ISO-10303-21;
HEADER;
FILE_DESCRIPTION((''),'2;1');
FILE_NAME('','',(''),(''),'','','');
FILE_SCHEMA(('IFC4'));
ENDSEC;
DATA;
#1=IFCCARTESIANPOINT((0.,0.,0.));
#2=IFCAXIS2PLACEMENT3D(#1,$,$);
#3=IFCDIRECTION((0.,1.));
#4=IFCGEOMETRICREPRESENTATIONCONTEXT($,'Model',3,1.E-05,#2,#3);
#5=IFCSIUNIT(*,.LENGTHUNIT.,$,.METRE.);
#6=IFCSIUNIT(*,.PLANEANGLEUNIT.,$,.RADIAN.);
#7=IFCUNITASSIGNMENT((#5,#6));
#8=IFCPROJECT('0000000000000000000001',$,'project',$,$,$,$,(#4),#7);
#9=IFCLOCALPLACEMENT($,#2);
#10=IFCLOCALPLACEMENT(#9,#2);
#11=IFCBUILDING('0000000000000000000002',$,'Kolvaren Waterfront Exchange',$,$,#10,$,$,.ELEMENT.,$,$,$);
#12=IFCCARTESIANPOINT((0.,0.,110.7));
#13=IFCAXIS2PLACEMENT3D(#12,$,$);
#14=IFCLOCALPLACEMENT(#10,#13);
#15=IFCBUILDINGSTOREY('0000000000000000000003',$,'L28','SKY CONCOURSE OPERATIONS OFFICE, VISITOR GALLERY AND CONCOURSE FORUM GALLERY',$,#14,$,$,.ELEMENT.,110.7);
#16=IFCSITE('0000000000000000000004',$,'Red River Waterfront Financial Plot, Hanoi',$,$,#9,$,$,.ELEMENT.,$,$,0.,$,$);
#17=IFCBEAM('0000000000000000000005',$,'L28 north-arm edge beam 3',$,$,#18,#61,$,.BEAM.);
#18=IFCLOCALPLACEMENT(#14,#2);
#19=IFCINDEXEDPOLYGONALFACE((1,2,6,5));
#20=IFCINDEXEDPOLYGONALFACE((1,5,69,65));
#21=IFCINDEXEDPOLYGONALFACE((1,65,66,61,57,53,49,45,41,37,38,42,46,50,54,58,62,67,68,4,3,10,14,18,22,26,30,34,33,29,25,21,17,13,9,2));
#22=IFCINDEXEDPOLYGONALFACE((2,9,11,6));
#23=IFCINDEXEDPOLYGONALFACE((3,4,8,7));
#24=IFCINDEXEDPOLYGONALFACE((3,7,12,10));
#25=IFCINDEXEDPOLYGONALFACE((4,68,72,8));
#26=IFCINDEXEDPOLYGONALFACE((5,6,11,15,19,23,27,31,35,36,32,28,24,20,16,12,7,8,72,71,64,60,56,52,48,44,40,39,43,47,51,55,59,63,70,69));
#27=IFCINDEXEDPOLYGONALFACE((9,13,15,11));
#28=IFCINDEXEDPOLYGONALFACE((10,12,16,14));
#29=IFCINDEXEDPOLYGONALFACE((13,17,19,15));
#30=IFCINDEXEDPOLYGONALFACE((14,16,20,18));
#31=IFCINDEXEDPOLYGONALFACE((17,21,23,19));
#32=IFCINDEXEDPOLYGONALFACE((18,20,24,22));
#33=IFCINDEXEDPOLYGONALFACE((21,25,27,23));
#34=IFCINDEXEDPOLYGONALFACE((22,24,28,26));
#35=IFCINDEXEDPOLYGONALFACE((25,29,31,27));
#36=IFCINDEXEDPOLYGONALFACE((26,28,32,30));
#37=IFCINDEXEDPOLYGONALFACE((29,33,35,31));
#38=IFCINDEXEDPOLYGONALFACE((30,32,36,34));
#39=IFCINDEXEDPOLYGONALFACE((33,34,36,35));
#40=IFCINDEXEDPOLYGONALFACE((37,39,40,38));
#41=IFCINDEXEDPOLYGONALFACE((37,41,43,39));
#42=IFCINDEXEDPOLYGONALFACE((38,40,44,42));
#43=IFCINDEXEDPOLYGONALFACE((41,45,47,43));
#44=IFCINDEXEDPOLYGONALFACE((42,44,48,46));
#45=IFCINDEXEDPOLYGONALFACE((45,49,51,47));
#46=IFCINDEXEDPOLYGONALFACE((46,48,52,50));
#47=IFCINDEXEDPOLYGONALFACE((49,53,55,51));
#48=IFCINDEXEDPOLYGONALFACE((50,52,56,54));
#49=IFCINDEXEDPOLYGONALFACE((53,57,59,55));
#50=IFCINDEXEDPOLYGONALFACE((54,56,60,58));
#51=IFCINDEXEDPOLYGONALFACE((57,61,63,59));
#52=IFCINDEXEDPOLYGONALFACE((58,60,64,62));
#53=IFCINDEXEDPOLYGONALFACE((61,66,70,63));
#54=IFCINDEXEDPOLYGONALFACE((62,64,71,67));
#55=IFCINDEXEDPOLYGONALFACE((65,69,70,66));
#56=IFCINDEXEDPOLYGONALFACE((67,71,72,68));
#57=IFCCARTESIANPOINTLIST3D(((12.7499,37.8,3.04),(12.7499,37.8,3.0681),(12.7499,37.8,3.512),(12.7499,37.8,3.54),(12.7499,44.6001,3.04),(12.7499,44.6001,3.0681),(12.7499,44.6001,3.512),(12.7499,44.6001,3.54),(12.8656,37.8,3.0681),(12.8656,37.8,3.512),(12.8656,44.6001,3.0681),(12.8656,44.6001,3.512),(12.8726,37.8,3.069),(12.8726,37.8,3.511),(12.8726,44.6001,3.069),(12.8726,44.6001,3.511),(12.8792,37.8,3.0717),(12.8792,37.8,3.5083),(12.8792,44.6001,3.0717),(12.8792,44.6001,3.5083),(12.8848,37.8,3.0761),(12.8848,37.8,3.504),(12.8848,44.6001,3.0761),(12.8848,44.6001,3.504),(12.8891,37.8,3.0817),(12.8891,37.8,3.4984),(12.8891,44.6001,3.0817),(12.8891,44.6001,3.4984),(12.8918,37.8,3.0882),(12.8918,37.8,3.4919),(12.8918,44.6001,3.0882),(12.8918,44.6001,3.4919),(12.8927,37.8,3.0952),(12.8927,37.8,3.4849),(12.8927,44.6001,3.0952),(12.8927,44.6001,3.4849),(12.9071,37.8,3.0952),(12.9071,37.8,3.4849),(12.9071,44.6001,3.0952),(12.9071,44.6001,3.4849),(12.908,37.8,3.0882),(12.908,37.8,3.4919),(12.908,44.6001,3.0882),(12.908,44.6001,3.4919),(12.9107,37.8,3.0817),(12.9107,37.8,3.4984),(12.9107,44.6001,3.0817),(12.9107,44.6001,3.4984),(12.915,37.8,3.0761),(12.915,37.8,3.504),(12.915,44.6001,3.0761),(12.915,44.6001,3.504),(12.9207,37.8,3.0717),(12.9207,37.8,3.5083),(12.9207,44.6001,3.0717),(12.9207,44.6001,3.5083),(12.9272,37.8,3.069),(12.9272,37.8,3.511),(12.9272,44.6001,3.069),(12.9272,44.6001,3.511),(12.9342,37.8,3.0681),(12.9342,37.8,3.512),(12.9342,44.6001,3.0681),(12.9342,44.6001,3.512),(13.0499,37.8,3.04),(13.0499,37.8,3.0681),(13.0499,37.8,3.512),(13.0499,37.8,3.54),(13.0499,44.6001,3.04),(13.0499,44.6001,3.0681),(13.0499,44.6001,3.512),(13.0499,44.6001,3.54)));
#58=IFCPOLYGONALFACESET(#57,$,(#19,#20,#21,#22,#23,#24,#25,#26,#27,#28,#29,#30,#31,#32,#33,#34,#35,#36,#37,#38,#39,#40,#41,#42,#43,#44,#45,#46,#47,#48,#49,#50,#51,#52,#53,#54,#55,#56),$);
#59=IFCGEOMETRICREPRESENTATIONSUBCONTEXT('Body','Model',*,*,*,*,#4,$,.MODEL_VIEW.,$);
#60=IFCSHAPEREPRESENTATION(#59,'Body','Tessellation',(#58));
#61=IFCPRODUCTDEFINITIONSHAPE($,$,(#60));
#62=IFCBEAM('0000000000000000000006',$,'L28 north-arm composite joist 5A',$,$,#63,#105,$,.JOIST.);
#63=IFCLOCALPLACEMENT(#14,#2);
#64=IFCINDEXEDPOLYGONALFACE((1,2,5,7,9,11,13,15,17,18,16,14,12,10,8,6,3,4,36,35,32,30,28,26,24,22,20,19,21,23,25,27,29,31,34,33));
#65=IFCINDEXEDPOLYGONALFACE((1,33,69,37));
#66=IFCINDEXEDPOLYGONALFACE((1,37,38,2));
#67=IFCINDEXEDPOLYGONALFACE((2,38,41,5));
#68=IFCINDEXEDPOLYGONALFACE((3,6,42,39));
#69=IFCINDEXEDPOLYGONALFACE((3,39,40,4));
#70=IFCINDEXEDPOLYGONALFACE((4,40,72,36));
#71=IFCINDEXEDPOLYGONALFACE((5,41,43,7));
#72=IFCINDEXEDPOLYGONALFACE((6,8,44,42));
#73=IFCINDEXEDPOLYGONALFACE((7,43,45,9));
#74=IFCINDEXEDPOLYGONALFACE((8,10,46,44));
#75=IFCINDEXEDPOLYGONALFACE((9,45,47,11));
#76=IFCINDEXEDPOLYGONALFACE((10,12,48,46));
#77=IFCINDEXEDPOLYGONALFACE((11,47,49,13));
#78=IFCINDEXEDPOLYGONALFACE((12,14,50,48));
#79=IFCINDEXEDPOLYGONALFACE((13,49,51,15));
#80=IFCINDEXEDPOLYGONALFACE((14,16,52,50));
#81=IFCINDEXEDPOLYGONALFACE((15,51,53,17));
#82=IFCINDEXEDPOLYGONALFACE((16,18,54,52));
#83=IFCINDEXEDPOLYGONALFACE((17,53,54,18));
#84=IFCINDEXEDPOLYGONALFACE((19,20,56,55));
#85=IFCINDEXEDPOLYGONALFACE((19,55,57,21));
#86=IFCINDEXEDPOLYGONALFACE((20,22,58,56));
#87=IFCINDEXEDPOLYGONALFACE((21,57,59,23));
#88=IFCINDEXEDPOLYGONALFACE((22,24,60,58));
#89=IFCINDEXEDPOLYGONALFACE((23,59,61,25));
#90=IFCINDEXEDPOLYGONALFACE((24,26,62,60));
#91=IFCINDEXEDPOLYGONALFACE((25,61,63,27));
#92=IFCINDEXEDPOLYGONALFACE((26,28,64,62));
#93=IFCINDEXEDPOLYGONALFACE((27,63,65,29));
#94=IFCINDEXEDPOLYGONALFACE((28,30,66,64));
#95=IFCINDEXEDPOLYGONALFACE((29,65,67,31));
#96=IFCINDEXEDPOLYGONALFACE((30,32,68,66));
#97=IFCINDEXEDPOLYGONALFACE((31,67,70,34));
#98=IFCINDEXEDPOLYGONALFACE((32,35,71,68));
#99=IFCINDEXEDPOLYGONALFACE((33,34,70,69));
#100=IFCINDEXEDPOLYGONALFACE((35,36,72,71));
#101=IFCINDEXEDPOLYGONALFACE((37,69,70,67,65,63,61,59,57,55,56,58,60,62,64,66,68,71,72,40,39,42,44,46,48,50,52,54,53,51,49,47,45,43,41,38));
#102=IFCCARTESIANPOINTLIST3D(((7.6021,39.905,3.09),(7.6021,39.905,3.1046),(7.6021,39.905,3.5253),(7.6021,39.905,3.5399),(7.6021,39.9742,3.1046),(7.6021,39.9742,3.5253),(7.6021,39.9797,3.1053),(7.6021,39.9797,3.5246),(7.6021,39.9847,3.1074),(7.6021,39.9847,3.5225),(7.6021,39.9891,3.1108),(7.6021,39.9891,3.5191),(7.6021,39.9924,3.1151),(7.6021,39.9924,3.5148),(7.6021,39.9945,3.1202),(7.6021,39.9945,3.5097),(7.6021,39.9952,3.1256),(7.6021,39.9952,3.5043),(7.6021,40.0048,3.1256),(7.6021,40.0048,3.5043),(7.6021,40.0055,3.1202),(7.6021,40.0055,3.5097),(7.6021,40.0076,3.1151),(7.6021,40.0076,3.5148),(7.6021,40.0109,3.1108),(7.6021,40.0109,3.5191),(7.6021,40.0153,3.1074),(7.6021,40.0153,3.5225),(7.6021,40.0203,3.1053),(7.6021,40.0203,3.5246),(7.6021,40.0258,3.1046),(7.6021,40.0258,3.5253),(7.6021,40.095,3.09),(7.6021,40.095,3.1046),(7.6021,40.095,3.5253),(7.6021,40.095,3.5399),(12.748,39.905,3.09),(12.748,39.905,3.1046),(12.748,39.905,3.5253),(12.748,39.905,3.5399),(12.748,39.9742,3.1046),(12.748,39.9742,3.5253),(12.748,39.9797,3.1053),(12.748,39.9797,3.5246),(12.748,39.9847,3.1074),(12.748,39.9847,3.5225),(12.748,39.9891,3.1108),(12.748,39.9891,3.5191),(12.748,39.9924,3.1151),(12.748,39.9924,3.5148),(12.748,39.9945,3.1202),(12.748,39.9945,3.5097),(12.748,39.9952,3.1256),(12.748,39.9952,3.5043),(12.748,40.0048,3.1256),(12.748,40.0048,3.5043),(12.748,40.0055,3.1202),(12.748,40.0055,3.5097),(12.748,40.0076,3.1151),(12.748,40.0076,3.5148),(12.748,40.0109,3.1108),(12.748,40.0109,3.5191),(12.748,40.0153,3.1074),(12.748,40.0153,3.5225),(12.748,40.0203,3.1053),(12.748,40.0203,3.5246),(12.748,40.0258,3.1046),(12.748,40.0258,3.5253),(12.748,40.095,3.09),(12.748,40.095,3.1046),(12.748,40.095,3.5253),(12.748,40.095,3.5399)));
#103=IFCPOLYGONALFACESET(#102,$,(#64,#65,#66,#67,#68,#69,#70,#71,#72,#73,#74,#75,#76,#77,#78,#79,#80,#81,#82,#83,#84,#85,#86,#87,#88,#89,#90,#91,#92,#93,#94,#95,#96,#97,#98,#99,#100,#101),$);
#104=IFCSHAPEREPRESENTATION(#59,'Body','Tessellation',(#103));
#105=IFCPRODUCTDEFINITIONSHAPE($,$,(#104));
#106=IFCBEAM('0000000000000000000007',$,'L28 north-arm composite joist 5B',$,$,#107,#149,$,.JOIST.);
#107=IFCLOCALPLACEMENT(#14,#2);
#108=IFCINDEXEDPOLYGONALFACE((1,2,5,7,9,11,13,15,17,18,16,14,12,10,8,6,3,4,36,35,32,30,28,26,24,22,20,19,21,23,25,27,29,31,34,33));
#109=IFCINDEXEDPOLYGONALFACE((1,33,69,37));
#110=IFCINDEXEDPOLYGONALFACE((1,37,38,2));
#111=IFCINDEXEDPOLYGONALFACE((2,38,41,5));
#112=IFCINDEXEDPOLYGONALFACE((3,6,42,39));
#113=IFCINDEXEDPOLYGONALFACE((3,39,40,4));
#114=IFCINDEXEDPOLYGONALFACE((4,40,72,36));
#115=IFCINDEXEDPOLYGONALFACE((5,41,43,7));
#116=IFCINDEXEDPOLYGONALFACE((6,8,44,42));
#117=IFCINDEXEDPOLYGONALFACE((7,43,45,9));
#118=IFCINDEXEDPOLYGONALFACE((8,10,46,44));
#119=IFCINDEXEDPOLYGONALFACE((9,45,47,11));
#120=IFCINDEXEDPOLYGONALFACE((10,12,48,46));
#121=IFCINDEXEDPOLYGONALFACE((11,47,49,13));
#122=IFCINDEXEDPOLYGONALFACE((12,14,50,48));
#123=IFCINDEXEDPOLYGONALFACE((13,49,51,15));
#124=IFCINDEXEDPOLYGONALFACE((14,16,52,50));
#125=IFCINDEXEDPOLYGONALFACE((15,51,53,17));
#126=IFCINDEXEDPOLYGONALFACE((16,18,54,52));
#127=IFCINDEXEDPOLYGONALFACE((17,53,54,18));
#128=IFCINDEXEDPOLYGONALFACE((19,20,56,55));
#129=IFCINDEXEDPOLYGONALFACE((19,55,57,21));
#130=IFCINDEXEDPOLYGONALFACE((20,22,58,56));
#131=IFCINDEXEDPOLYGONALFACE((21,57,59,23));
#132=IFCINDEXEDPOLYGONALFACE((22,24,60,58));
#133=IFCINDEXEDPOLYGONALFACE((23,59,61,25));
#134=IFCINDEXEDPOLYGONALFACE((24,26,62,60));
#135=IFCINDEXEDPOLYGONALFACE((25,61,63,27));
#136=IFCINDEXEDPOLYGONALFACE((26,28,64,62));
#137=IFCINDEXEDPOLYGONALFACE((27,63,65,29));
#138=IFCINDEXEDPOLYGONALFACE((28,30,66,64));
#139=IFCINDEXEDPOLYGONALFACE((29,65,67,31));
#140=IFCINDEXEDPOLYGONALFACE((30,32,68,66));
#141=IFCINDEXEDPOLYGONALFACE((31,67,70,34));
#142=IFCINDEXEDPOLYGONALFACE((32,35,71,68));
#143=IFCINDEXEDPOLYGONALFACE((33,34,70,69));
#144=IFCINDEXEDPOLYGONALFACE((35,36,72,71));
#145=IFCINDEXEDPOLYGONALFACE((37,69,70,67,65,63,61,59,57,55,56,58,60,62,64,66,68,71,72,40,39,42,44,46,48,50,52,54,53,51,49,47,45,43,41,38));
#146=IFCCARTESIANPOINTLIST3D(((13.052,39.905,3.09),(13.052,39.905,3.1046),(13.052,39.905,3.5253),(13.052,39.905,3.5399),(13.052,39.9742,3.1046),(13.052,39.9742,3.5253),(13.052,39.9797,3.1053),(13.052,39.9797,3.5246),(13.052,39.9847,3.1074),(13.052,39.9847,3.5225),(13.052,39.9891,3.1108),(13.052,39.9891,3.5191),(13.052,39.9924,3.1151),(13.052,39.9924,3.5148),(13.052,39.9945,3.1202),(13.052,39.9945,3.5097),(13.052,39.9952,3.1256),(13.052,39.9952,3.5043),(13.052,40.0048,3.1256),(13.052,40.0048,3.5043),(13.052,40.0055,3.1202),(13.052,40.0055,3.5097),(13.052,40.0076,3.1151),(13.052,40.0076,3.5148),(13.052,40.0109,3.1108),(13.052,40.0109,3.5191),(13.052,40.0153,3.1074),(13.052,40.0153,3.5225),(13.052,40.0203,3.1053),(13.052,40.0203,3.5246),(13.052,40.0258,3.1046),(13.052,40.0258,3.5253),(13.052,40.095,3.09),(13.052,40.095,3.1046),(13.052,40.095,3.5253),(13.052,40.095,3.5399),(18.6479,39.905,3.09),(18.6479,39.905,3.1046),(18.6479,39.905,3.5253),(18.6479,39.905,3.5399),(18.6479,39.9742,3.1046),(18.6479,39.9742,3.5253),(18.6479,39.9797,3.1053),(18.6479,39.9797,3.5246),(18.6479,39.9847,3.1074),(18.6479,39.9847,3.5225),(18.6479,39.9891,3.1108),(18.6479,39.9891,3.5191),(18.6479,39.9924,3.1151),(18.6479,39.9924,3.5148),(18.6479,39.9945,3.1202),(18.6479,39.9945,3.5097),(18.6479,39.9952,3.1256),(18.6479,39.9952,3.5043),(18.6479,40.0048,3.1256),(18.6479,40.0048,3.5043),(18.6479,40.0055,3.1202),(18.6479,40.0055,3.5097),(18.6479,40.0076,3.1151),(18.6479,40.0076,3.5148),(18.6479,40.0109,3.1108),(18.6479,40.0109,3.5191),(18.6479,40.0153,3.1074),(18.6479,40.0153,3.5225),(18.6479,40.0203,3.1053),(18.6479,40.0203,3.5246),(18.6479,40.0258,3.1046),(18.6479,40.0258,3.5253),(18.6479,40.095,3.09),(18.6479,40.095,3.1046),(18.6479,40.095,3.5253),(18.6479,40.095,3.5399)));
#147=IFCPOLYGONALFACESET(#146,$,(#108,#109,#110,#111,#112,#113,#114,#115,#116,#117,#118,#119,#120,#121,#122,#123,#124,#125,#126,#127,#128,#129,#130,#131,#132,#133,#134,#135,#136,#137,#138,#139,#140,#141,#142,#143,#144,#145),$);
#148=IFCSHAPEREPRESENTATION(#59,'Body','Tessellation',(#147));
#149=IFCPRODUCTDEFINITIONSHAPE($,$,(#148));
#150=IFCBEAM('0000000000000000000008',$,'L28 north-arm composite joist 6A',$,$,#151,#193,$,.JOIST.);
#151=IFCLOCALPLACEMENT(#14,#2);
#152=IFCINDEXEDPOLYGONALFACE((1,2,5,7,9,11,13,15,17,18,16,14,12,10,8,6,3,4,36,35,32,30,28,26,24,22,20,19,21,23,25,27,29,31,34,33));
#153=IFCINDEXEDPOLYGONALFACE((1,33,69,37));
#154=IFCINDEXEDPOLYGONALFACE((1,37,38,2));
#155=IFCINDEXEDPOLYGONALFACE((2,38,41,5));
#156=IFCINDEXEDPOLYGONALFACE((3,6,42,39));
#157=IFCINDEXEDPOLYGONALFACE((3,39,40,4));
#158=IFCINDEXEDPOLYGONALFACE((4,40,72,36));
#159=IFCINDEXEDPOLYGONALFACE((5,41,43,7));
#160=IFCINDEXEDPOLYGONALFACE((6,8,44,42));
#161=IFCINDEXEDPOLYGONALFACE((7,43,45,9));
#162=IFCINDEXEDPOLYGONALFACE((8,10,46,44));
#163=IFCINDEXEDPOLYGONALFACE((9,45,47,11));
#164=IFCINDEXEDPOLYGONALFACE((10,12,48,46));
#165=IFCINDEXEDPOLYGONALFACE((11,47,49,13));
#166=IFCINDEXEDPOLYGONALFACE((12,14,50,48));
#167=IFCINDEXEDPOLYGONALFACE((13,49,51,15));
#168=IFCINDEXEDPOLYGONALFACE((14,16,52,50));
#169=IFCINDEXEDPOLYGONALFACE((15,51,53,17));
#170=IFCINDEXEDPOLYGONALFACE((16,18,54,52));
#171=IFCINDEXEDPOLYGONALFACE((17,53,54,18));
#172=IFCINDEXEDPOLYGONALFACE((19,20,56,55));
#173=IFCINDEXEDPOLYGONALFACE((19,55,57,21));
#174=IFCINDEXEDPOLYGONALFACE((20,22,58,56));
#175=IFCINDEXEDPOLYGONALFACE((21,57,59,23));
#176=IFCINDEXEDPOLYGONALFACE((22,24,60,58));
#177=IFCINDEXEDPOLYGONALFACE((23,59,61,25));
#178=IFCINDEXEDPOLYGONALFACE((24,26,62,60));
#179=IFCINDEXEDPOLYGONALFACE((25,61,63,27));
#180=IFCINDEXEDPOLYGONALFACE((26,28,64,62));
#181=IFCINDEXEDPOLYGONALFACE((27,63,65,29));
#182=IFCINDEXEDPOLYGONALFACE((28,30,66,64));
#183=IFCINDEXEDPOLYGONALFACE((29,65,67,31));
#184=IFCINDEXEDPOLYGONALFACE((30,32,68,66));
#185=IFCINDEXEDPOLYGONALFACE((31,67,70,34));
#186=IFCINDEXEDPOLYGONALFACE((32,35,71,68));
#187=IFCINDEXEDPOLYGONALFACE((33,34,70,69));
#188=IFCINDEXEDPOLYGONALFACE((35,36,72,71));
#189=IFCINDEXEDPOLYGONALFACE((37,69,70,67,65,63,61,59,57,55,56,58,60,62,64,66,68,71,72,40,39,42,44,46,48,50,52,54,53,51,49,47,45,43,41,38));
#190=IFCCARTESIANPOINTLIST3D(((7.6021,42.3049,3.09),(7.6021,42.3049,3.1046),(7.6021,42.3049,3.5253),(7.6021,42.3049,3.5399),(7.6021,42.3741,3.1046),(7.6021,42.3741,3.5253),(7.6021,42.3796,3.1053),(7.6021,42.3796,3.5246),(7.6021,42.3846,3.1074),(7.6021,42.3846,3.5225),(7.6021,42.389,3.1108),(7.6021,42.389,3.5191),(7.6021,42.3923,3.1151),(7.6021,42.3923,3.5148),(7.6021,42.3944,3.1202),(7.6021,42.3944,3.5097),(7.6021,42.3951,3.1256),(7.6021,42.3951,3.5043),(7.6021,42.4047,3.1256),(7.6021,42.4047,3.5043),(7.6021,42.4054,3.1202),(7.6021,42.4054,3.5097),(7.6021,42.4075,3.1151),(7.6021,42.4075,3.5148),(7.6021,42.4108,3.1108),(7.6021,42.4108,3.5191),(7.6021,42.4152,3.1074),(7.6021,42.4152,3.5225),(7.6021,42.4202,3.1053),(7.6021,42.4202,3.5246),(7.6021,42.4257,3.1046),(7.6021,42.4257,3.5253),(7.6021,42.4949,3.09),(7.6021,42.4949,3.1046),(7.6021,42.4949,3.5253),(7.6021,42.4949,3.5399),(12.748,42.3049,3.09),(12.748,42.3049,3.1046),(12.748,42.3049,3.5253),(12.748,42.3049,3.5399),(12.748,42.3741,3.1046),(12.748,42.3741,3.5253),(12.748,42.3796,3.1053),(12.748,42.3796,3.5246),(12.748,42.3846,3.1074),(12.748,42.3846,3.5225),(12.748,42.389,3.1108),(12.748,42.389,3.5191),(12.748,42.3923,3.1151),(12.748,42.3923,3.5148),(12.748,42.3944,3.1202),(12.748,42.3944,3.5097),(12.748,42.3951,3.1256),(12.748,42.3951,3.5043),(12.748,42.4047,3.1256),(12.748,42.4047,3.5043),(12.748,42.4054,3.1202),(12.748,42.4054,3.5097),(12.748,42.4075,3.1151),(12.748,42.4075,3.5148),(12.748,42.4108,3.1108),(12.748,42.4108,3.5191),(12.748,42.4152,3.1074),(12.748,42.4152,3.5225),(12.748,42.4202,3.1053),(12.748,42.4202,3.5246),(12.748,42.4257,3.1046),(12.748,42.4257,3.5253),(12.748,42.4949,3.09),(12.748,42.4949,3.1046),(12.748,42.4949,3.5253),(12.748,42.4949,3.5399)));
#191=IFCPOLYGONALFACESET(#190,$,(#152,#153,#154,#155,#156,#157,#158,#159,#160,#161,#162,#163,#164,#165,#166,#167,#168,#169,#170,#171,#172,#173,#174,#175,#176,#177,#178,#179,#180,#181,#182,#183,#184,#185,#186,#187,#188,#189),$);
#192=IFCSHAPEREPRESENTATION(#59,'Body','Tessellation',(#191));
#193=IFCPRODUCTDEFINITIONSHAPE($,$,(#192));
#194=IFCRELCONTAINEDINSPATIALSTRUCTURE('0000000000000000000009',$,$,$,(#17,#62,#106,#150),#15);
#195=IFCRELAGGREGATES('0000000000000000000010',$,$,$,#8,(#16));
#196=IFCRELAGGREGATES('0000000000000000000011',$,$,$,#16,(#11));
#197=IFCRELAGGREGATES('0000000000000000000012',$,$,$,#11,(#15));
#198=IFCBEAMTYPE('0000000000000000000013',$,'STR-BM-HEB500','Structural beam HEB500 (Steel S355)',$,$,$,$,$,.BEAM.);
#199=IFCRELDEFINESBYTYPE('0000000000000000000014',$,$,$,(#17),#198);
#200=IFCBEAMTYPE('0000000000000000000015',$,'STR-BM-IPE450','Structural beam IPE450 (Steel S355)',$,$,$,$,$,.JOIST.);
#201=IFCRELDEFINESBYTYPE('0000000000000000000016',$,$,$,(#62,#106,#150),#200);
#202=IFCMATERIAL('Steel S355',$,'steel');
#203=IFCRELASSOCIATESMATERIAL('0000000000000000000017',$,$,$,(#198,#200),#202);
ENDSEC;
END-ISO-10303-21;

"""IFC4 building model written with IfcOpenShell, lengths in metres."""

from ifc_helpers import new_model, si_unit, direction, frame, origin, origin_2d, place, context, subcontext, project, spatial, i_section, extrude, material, material_profile, profile_set, type_object, element, save


model = new_model("IFC4")

# Units and contexts
model_context = context("Model", 3, precision=1e-05, world=origin(), true_north=direction((0.0, 1.0)))
body_context = subcontext(model_context, "Body", "Model", "MODEL_VIEW")
ifc_project = project(units=[si_unit("LENGTHUNIT", "METRE"), si_unit("PLANEANGLEUNIT", "RADIAN")], contexts=[model_context])

# Site, building, storey
site_placement = place(None, origin())
site = spatial("IfcSite", under=ifc_project, at=site_placement, Name="Red River Waterfront Financial Plot, Hanoi", CompositionType="ELEMENT", RefElevation=0.0)
building_placement = place(site_placement, origin())
building = spatial("IfcBuilding", under=site, at=building_placement, Name="Kolvaren Waterfront Exchange", CompositionType="ELEMENT")
storey_placement = place(building_placement, frame((0.0, 0.0, 110.7)))
storey = spatial("IfcBuildingStorey", under=building, at=storey_placement, Name="L28", Description="SKY CONCOURSE OPERATIONS OFFICE, VISITOR GALLERY AND CONCOURSE FORUM GALLERY", CompositionType="ELEMENT", Elevation=110.7)

# Beams
ifc_material_1 = material(Name="Steel S355", Category="steel")
ifc_material_profile_1 = material_profile(ifc_material_1, i_section(OverallWidth=0.3, OverallDepth=0.5, WebThickness=0.0144, FlangeThickness=0.0281, FilletRadius=0.0271, at=origin_2d()), Name="HEB500")
ifc_profile_set_1 = profile_set([ifc_material_profile_1], Name="Steel S355")
beam_type_1 = type_object("IfcBeamType", Name="STR-BM-HEB500", Description="Structural beam HEB500 (Steel S355)", PredefinedType="BEAM", material=ifc_profile_set_1)
beam_1_placement = place(storey_placement, frame((12.8999, 37.8, 3.29), z_axis=(0.0, 1.0, 0.0), x_axis=(-1.0, 0.0, 0.0)))
element("IfcBeam", 1, at=beam_1_placement, inside=storey, type_object=beam_type_1, Name="L28 north-arm edge beam 3", PredefinedType="BEAM", context=body_context, shape_type="SweptSolid", body=[
    extrude(i_section(OverallWidth=0.3, OverallDepth=0.5, WebThickness=0.0144, FlangeThickness=0.0281, FilletRadius=0.0271, at=origin_2d()), origin(), (0.0, 0.0, 1.0), 6.8),
])
ifc_material_profile_2 = material_profile(ifc_material_1, i_section(OverallWidth=0.1899, OverallDepth=0.45, WebThickness=0.0095, FlangeThickness=0.0146, FilletRadius=0.021, at=origin_2d()), Name="IPE450")
ifc_profile_set_2 = profile_set([ifc_material_profile_2], Name="Steel S355")
beam_type_2 = type_object("IfcBeamType", Name="STR-BM-IPE450", Description="Structural beam IPE450 (Steel S355)", PredefinedType="JOIST", material=ifc_profile_set_2)
beam_2_placement = place(storey_placement, frame((7.6021, 40.0, 3.3149), z_axis=(1.0, 0.0, 0.0), x_axis=(0.0, 1.0, 0.0)))
element("IfcBeam", 2, at=beam_2_placement, inside=storey, type_object=beam_type_2, Name="L28 north-arm composite joist 5A", PredefinedType="JOIST", context=body_context, shape_type="SweptSolid", body=[
    extrude(i_section(OverallWidth=0.1899, OverallDepth=0.45, WebThickness=0.0095, FlangeThickness=0.0146, FilletRadius=0.021, at=origin_2d()), origin(), (0.0, 0.0, 1.0), 5.146),
])
beam_3_placement = place(storey_placement, frame((13.052, 40.0, 3.3149), z_axis=(1.0, 0.0, 0.0), x_axis=(0.0, 1.0, 0.0)))
element("IfcBeam", 3, at=beam_3_placement, inside=storey, type_object=beam_type_2, Name="L28 north-arm composite joist 5B", PredefinedType="JOIST", context=body_context, shape_type="SweptSolid", body=[
    extrude(i_section(OverallWidth=0.1899, OverallDepth=0.45, WebThickness=0.0095, FlangeThickness=0.0146, FilletRadius=0.021, at=origin_2d()), origin(), (0.0, 0.0, 1.0), 5.5959),
])
beam_4_placement = place(storey_placement, frame((7.6021, 42.3999, 3.3149), z_axis=(1.0, 0.0, 0.0), x_axis=(0.0, 1.0, 0.0)))
element("IfcBeam", 4, at=beam_4_placement, inside=storey, type_object=beam_type_2, Name="L28 north-arm composite joist 6A", PredefinedType="JOIST", context=body_context, shape_type="SweptSolid", body=[
    extrude(i_section(OverallWidth=0.1899, OverallDepth=0.45, WebThickness=0.0095, FlangeThickness=0.0146, FilletRadius=0.021, at=origin_2d()), origin(), (0.0, 0.0, 1.0), 5.146),
])

save(model, "model.ifc")
